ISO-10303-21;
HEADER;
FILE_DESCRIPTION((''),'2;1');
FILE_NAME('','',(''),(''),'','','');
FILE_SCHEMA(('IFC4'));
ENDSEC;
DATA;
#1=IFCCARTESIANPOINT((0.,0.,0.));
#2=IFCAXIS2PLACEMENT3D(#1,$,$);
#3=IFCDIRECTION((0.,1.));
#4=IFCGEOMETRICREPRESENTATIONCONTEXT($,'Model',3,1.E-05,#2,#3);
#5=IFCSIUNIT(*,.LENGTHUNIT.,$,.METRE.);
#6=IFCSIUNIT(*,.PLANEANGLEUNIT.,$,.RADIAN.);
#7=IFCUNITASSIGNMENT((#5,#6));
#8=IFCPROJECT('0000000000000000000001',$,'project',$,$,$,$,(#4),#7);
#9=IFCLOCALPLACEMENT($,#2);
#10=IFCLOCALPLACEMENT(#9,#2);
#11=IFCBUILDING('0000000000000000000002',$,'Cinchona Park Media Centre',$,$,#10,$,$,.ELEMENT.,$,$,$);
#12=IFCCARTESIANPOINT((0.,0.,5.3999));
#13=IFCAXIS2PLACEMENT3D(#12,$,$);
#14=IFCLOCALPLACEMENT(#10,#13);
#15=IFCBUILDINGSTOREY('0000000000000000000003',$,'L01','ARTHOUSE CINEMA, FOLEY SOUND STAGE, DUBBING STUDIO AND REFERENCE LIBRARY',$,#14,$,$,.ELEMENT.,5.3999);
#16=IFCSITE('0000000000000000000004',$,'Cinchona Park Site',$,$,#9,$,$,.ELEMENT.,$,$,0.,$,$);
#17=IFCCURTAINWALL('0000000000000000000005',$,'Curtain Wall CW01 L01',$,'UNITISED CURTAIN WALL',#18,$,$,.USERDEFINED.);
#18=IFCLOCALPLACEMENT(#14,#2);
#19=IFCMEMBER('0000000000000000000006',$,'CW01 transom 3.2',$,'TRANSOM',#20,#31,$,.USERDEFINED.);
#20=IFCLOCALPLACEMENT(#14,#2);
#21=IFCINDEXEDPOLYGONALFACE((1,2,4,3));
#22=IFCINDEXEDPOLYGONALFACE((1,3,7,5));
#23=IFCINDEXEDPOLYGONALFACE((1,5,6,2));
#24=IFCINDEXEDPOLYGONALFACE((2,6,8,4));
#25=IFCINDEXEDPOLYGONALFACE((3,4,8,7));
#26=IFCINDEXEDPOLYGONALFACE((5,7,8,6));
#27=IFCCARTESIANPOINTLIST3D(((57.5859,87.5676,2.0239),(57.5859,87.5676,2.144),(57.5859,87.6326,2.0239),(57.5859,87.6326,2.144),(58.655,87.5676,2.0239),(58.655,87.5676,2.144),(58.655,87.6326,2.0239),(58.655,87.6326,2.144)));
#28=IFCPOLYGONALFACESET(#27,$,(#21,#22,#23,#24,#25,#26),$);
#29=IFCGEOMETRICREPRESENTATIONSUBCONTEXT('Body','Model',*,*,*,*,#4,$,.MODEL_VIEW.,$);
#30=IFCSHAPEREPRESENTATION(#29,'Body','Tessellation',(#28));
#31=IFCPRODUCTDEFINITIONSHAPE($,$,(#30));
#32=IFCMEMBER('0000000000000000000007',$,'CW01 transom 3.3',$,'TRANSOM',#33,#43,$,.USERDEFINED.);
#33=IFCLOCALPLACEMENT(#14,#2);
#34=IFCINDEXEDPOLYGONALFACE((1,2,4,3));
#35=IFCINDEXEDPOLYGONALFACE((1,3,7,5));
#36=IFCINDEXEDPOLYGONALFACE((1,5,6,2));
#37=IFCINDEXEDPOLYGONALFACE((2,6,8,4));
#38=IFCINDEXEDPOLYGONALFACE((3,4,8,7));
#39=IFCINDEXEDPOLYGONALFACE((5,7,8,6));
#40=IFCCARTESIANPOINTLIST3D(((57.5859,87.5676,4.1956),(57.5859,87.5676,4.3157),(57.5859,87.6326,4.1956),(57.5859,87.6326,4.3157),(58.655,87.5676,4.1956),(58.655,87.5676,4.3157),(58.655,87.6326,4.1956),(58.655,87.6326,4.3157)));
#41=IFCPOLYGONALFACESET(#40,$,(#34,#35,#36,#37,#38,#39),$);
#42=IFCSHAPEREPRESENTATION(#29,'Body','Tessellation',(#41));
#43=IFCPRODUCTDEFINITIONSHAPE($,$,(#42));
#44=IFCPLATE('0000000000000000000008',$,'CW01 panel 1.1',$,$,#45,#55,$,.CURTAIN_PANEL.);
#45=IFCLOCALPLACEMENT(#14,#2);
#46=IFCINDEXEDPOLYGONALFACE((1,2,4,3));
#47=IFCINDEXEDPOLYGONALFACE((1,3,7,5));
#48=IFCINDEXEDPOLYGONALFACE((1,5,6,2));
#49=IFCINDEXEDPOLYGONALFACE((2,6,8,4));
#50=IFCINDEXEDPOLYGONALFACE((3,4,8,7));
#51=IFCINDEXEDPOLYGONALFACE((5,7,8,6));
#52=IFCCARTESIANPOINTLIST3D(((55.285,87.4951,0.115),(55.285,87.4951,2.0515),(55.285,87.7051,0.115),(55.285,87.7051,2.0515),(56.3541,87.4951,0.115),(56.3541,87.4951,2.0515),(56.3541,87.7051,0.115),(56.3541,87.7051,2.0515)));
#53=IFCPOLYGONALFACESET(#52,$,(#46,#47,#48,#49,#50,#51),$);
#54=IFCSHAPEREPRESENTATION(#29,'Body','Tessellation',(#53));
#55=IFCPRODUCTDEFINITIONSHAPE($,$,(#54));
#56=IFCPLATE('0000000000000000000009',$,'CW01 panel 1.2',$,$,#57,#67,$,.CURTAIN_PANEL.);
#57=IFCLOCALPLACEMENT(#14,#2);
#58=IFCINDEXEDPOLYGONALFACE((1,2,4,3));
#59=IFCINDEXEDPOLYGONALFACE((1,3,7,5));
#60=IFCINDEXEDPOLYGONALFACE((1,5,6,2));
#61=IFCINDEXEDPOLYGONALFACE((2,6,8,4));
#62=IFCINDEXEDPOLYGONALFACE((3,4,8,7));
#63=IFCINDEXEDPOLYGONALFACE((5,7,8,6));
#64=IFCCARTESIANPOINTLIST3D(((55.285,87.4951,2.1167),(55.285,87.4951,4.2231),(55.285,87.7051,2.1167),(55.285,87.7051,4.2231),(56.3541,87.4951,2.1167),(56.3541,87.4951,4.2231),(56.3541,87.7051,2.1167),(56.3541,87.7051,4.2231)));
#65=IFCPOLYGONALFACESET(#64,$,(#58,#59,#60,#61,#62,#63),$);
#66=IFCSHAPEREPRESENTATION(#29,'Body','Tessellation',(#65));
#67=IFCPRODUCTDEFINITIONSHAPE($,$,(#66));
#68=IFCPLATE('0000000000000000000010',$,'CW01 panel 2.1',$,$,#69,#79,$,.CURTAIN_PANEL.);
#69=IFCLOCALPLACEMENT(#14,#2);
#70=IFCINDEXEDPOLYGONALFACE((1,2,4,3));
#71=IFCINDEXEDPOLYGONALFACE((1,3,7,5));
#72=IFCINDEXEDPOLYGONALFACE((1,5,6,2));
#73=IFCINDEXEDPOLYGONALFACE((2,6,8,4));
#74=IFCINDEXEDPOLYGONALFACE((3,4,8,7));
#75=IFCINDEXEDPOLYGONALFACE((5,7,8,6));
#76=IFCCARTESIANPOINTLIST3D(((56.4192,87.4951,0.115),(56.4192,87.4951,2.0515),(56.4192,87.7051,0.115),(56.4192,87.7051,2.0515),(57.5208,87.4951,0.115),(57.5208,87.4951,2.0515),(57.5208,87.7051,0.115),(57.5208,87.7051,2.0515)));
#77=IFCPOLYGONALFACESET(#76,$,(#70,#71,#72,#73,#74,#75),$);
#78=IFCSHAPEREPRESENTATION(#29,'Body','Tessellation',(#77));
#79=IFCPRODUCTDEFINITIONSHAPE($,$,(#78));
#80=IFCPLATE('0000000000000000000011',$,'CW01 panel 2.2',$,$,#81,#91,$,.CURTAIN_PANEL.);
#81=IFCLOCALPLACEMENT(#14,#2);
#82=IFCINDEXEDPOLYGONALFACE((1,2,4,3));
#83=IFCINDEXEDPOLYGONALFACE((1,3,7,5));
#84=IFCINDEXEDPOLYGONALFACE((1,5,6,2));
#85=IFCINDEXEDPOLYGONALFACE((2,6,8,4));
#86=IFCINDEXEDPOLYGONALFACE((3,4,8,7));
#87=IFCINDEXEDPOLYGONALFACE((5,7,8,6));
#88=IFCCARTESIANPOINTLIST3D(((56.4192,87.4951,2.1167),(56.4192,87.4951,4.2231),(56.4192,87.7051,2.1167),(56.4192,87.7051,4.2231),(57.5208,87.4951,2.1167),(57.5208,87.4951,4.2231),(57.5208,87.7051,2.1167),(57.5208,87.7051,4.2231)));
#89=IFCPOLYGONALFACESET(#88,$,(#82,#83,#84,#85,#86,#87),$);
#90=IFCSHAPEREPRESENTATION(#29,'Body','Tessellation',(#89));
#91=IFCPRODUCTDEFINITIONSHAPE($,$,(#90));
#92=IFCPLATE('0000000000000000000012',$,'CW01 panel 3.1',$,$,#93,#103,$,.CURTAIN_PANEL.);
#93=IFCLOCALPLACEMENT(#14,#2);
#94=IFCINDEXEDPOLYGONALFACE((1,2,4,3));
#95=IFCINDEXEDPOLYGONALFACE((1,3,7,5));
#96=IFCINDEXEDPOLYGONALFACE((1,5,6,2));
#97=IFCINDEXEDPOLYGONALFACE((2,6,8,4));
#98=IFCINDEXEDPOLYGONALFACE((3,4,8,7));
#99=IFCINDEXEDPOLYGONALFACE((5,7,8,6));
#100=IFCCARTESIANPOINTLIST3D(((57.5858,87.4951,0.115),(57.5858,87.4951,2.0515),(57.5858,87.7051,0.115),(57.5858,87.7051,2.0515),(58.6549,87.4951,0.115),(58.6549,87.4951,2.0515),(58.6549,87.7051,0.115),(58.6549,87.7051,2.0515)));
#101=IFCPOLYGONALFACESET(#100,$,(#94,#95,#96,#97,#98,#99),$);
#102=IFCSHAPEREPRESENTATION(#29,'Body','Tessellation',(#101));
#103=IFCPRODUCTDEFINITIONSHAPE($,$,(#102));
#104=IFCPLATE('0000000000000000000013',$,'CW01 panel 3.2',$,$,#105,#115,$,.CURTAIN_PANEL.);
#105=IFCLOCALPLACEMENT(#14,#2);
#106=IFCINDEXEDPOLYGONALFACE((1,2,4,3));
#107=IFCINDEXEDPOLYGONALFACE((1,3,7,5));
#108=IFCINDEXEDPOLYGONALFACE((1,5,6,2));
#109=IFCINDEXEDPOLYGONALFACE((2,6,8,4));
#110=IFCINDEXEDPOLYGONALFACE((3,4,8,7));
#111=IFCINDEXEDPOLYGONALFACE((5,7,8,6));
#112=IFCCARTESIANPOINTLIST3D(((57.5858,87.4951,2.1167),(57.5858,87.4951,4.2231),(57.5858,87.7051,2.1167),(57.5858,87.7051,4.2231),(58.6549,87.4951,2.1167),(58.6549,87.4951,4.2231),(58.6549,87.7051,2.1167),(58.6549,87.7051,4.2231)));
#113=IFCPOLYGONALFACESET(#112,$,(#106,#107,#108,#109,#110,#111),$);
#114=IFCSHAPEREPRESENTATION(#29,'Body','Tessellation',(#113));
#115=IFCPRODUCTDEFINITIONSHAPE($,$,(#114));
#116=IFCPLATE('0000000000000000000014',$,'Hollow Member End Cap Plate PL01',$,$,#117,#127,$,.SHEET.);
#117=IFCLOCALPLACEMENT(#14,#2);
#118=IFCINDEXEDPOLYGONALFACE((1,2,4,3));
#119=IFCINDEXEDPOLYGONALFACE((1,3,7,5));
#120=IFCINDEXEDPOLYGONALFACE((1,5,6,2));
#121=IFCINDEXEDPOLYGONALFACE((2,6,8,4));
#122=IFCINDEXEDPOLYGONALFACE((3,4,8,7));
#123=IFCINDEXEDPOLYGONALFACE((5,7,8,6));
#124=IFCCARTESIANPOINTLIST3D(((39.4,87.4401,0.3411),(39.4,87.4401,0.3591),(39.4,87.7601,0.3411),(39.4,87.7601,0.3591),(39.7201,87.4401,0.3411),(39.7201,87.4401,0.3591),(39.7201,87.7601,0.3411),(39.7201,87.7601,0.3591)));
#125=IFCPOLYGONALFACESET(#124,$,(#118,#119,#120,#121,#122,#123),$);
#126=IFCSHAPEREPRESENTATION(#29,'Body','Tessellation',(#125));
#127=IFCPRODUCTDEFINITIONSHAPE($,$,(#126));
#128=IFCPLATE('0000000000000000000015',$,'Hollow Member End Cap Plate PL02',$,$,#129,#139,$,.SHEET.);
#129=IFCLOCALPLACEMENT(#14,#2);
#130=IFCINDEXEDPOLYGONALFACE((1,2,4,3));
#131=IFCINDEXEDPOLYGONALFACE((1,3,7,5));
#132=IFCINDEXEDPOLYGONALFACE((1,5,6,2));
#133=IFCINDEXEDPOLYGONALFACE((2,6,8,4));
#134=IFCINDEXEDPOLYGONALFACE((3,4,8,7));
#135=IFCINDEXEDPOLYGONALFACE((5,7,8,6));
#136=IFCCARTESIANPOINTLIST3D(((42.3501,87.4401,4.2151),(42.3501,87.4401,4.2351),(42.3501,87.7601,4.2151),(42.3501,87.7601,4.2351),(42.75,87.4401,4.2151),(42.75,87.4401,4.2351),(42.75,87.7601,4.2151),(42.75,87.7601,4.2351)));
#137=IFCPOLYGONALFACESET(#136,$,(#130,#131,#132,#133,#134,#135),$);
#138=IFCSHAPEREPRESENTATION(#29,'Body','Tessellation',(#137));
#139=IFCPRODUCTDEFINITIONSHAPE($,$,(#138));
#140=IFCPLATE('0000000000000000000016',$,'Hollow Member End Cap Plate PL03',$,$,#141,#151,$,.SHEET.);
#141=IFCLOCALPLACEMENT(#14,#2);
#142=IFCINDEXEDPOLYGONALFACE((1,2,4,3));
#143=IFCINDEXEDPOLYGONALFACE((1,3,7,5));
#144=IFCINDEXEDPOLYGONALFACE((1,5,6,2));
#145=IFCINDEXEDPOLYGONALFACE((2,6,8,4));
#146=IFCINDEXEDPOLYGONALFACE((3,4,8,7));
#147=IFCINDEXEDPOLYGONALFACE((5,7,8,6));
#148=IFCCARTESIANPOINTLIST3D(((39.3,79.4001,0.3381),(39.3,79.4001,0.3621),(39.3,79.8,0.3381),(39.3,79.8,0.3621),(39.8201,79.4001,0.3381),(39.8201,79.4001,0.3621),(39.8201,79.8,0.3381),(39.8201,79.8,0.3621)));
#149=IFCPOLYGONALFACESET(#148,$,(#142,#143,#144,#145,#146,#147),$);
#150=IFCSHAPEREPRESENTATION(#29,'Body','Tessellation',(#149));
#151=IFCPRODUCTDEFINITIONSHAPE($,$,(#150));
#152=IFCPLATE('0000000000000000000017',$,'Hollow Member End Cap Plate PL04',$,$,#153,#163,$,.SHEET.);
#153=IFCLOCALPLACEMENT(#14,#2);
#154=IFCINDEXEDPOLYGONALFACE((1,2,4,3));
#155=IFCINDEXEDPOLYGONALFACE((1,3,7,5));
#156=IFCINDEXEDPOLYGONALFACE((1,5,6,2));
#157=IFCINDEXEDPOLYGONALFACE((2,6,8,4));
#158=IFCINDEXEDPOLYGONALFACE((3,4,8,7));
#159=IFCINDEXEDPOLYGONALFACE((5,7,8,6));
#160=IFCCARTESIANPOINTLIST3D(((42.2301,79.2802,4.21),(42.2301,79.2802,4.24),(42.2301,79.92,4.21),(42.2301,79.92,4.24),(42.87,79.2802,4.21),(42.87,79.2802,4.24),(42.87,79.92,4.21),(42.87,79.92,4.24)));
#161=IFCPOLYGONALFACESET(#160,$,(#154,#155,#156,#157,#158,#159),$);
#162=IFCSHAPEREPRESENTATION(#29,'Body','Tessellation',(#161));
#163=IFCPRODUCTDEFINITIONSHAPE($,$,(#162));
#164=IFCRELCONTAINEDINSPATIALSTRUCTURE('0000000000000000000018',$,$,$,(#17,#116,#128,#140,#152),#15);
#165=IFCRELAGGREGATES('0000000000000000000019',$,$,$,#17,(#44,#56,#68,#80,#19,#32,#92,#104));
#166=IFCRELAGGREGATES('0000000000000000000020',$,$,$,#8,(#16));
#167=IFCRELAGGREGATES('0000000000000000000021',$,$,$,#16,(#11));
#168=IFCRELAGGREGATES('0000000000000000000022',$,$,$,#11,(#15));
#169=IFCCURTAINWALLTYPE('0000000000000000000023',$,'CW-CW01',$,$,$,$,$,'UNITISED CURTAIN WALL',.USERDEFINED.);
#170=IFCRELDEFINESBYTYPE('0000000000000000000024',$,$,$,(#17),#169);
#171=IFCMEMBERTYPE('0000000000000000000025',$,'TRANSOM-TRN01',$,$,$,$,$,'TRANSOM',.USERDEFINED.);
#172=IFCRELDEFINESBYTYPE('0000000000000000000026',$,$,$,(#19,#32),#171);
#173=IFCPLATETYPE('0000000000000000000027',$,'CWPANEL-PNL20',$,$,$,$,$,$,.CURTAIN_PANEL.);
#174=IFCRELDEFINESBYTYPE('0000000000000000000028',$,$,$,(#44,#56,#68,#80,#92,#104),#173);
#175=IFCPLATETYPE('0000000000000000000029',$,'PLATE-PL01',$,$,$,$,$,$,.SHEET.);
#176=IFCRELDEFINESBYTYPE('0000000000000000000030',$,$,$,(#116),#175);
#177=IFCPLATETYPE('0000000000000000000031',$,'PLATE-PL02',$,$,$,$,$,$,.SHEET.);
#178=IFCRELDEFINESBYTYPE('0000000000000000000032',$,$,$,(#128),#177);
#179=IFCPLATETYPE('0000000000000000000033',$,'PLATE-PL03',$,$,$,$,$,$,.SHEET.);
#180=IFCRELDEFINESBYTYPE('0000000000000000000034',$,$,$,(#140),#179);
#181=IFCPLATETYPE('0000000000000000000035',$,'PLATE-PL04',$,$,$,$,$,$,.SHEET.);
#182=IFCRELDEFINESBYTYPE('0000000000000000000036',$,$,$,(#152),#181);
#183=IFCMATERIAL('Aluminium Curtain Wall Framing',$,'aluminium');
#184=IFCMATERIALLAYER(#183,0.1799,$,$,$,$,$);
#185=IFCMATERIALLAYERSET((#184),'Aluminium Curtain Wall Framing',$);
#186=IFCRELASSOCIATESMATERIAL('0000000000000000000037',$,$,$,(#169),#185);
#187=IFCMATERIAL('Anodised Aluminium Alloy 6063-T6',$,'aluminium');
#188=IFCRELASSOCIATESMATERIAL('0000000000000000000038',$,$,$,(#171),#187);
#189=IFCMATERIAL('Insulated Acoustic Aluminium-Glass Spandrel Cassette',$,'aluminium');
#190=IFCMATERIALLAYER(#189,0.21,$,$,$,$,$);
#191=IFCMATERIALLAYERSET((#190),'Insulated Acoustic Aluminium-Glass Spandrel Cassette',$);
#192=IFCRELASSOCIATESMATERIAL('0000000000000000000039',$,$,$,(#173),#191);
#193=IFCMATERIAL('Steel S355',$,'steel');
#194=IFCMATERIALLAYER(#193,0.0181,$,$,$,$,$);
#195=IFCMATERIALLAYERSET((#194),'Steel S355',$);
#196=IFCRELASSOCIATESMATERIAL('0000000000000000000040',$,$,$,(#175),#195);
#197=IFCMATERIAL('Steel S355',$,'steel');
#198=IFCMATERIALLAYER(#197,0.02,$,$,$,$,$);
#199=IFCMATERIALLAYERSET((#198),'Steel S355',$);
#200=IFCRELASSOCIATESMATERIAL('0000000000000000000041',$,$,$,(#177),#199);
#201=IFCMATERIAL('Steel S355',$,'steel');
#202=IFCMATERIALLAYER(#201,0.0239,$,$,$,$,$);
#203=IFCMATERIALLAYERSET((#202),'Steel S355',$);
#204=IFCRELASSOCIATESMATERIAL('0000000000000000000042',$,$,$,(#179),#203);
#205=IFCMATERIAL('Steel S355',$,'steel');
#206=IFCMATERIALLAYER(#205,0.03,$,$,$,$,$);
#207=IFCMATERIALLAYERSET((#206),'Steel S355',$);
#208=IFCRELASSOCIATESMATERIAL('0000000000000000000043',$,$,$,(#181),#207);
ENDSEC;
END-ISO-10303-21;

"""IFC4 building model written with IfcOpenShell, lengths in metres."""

from ifc_helpers import new_model, si_unit, direction, frame, origin, origin_2d, place, context, subcontext, project, spatial, rectangle, extrude, material, layer, layer_set, material_profile, profile_set, type_object, element, aggregate, save


model = new_model("IFC4")

# Units and contexts
model_context = context("Model", 3, precision=1e-05, world=origin(), true_north=direction((0.0, 1.0)))
body_context = subcontext(model_context, "Body", "Model", "MODEL_VIEW")
ifc_project = project(units=[si_unit("LENGTHUNIT", "METRE"), si_unit("PLANEANGLEUNIT", "RADIAN")], contexts=[model_context])

# Site, building, storey
site_placement = place(None, origin())
site = spatial("IfcSite", under=ifc_project, at=site_placement, Name="Cinchona Park Site", CompositionType="ELEMENT", RefElevation=0.0)
building_placement = place(site_placement, origin())
building = spatial("IfcBuilding", under=site, at=building_placement, Name="Cinchona Park Media Centre", CompositionType="ELEMENT")
storey_placement = place(building_placement, frame((0.0, 0.0, 5.3999)))
storey = spatial("IfcBuildingStorey", under=building, at=storey_placement, Name="L01", Description="ARTHOUSE CINEMA, FOLEY SOUND STAGE, DUBBING STUDIO AND REFERENCE LIBRARY", CompositionType="ELEMENT", Elevation=5.3999)

# Curtain wall
ifc_material_1 = material(Name="Aluminium Curtain Wall Framing", Category="aluminium")
ifc_layer_1 = layer(ifc_material_1, 0.1799)
ifc_layer_set_1 = layer_set([ifc_layer_1], Name="Aluminium Curtain Wall Framing")
curtain_wall_type_1 = type_object("IfcCurtainWallType", Name="CW-CW01", ElementType="UNITISED CURTAIN WALL", PredefinedType="USERDEFINED", material=ifc_layer_set_1)
curtain_wall_1_placement = place(storey_placement, origin())
curtain_wall_1 = element("IfcCurtainWall", 1, at=curtain_wall_1_placement, inside=storey, type_object=curtain_wall_type_1, Name="Curtain Wall CW01 L01", ObjectType="UNITISED CURTAIN WALL", PredefinedType="USERDEFINED")

# Members
ifc_material_2 = material(Name="Anodised Aluminium Alloy 6063-T6", Category="aluminium")
ifc_material_profile_1 = material_profile(ifc_material_2, rectangle(XDim=0.0649, YDim=0.1201, at=origin_2d()), Name="TRN-65X120")
ifc_profile_set_1 = profile_set([ifc_material_profile_1], Name="Anodised Aluminium Alloy 6063-T6")
member_type_1 = type_object("IfcMemberType", Name="TRANSOM-TRN01", ElementType="TRANSOM", PredefinedType="USERDEFINED", material=ifc_profile_set_1)
member_1_placement = place(storey_placement, frame((57.5859, 87.6001, 2.084), z_axis=(1.0, 0.0, 0.0), x_axis=(0.0, 1.0, 0.0)))
member_1 = element("IfcMember", 2, at=member_1_placement, type_object=member_type_1, Name="CW01 transom 3.2", ObjectType="TRANSOM", PredefinedType="USERDEFINED", context=body_context, shape_type="SweptSolid", body=[
    extrude(rectangle(XDim=0.0649, YDim=0.1201, at=origin_2d()), origin(), (0.0, 0.0, 1.0), 1.0691),
])
member_2_placement = place(storey_placement, frame((57.5859, 87.6001, 4.2556), z_axis=(1.0, 0.0, 0.0), x_axis=(0.0, 1.0, 0.0)))
member_2 = element("IfcMember", 3, at=member_2_placement, type_object=member_type_1, Name="CW01 transom 3.3", ObjectType="TRANSOM", PredefinedType="USERDEFINED", context=body_context, shape_type="SweptSolid", body=[
    extrude(rectangle(XDim=0.0649, YDim=0.1201, at=origin_2d()), origin(), (0.0, 0.0, 1.0), 1.0691),
])

# Plates
ifc_material_3 = material(Name="Insulated Acoustic Aluminium-Glass Spandrel Cassette", Category="aluminium")
ifc_layer_2 = layer(ifc_material_3, 0.21)
ifc_layer_set_2 = layer_set([ifc_layer_2], Name="Insulated Acoustic Aluminium-Glass Spandrel Cassette")
plate_type_1 = type_object("IfcPlateType", Name="CWPANEL-PNL20", PredefinedType="CURTAIN_PANEL", material=ifc_layer_set_2)
plate_1_placement = place(storey_placement, frame((55.8196, 87.6001, 0.115), z_axis=(0.0, 0.0, 1.0), x_axis=(1.0, 0.0, 0.0)))
plate_1 = element("IfcPlate", 4, at=plate_1_placement, type_object=plate_type_1, Name="CW01 panel 1.1", PredefinedType="CURTAIN_PANEL", context=body_context, shape_type="SweptSolid", body=[
    extrude(rectangle(XDim=1.0691, YDim=0.21, at=origin_2d()), origin(), (0.0, 0.0, 1.0), 1.9365),
])
plate_2_placement = place(storey_placement, frame((55.8196, 87.6001, 2.1167), z_axis=(0.0, 0.0, 1.0), x_axis=(1.0, 0.0, 0.0)))
plate_2 = element("IfcPlate", 5, at=plate_2_placement, type_object=plate_type_1, Name="CW01 panel 1.2", PredefinedType="CURTAIN_PANEL", context=body_context, shape_type="SweptSolid", body=[
    extrude(rectangle(XDim=1.0691, YDim=0.21, at=origin_2d()), origin(), (0.0, 0.0, 1.0), 2.1064),
])
plate_3_placement = place(storey_placement, frame((56.97, 87.6001, 0.115), z_axis=(0.0, 0.0, 1.0), x_axis=(1.0, 0.0, 0.0)))
plate_3 = element("IfcPlate", 6, at=plate_3_placement, type_object=plate_type_1, Name="CW01 panel 2.1", PredefinedType="CURTAIN_PANEL", context=body_context, shape_type="SweptSolid", body=[
    extrude(rectangle(XDim=1.1016, YDim=0.21, at=origin_2d()), origin(), (0.0, 0.0, 1.0), 1.9365),
])
plate_4_placement = place(storey_placement, frame((56.97, 87.6001, 2.1167), z_axis=(0.0, 0.0, 1.0), x_axis=(1.0, 0.0, 0.0)))
plate_4 = element("IfcPlate", 7, at=plate_4_placement, type_object=plate_type_1, Name="CW01 panel 2.2", PredefinedType="CURTAIN_PANEL", context=body_context, shape_type="SweptSolid", body=[
    extrude(rectangle(XDim=1.1016, YDim=0.21, at=origin_2d()), origin(), (0.0, 0.0, 1.0), 2.1064),
])
plate_5_placement = place(storey_placement, frame((58.1204, 87.6001, 0.115), z_axis=(0.0, 0.0, 1.0), x_axis=(1.0, 0.0, 0.0)))
plate_5 = element("IfcPlate", 8, at=plate_5_placement, type_object=plate_type_1, Name="CW01 panel 3.1", PredefinedType="CURTAIN_PANEL", context=body_context, shape_type="SweptSolid", body=[
    extrude(rectangle(XDim=1.0691, YDim=0.21, at=origin_2d()), origin(), (0.0, 0.0, 1.0), 1.9365),
])
plate_6_placement = place(storey_placement, frame((58.1204, 87.6001, 2.1167), z_axis=(0.0, 0.0, 1.0), x_axis=(1.0, 0.0, 0.0)))
plate_6 = element("IfcPlate", 9, at=plate_6_placement, type_object=plate_type_1, Name="CW01 panel 3.2", PredefinedType="CURTAIN_PANEL", context=body_context, shape_type="SweptSolid", body=[
    extrude(rectangle(XDim=1.0691, YDim=0.21, at=origin_2d()), origin(), (0.0, 0.0, 1.0), 2.1064),
])
aggregate(curtain_wall_1, [plate_1, plate_2, plate_3, plate_4, member_1, member_2, plate_5, plate_6])

# Plates
ifc_material_4 = material(Name="Steel S355", Category="steel")
ifc_layer_3 = layer(ifc_material_4, 0.0181)
ifc_layer_set_3 = layer_set([ifc_layer_3], Name="Steel S355")
plate_type_2 = type_object("IfcPlateType", Name="PLATE-PL01", PredefinedType="SHEET", material=ifc_layer_set_3)
plate_7_placement = place(storey_placement, frame((39.5601, 87.6001, 0.3411), z_axis=(0.0, 0.0, 1.0), x_axis=(1.0, 0.0, 0.0)))
element("IfcPlate", 10, at=plate_7_placement, inside=storey, type_object=plate_type_2, Name="Hollow Member End Cap Plate PL01", PredefinedType="SHEET", context=body_context, shape_type="SweptSolid", body=[
    extrude(rectangle(XDim=0.3201, YDim=0.3201, at=origin_2d()), origin(), (0.0, 0.0, 1.0), 0.0181),
])
ifc_material_5 = material(Name="Steel S355", Category="steel")
ifc_layer_4 = layer(ifc_material_5, 0.02)
ifc_layer_set_4 = layer_set([ifc_layer_4], Name="Steel S355")
plate_type_3 = type_object("IfcPlateType", Name="PLATE-PL02", PredefinedType="SHEET", material=ifc_layer_set_4)
plate_8_placement = place(storey_placement, frame((42.55, 87.6001, 4.2151), z_axis=(0.0, 0.0, 1.0), x_axis=(1.0, 0.0, 0.0)))
element("IfcPlate", 11, at=plate_8_placement, inside=storey, type_object=plate_type_3, Name="Hollow Member End Cap Plate PL02", PredefinedType="SHEET", context=body_context, shape_type="SweptSolid", body=[
    extrude(rectangle(XDim=0.3999, YDim=0.3201, at=origin_2d()), origin(), (0.0, 0.0, 1.0), 0.02),
])
ifc_material_6 = material(Name="Steel S355", Category="steel")
ifc_layer_5 = layer(ifc_material_6, 0.0239)
ifc_layer_set_5 = layer_set([ifc_layer_5], Name="Steel S355")
plate_type_4 = type_object("IfcPlateType", Name="PLATE-PL03", PredefinedType="SHEET", material=ifc_layer_set_5)
plate_9_placement = place(storey_placement, frame((39.5601, 79.6001, 0.3381), z_axis=(0.0, 0.0, 1.0), x_axis=(1.0, 0.0, 0.0)))
element("IfcPlate", 12, at=plate_9_placement, inside=storey, type_object=plate_type_4, Name="Hollow Member End Cap Plate PL03", PredefinedType="SHEET", context=body_context, shape_type="SweptSolid", body=[
    extrude(rectangle(XDim=0.52, YDim=0.3999, at=origin_2d()), origin(), (0.0, 0.0, 1.0), 0.0239),
])
ifc_material_7 = material(Name="Steel S355", Category="steel")
ifc_layer_6 = layer(ifc_material_7, 0.03)
ifc_layer_set_6 = layer_set([ifc_layer_6], Name="Steel S355")
plate_type_5 = type_object("IfcPlateType", Name="PLATE-PL04", PredefinedType="SHEET", material=ifc_layer_set_6)
plate_10_placement = place(storey_placement, frame((42.55, 79.6001, 4.21), z_axis=(0.0, 0.0, 1.0), x_axis=(1.0, 0.0, 0.0)))
element("IfcPlate", 13, at=plate_10_placement, inside=storey, type_object=plate_type_5, Name="Hollow Member End Cap Plate PL04", PredefinedType="SHEET", context=body_context, shape_type="SweptSolid", body=[
    extrude(rectangle(XDim=0.6399, YDim=0.6399, at=origin_2d()), origin(), (0.0, 0.0, 1.0), 0.03),
])

save(model, "model.ifc")
